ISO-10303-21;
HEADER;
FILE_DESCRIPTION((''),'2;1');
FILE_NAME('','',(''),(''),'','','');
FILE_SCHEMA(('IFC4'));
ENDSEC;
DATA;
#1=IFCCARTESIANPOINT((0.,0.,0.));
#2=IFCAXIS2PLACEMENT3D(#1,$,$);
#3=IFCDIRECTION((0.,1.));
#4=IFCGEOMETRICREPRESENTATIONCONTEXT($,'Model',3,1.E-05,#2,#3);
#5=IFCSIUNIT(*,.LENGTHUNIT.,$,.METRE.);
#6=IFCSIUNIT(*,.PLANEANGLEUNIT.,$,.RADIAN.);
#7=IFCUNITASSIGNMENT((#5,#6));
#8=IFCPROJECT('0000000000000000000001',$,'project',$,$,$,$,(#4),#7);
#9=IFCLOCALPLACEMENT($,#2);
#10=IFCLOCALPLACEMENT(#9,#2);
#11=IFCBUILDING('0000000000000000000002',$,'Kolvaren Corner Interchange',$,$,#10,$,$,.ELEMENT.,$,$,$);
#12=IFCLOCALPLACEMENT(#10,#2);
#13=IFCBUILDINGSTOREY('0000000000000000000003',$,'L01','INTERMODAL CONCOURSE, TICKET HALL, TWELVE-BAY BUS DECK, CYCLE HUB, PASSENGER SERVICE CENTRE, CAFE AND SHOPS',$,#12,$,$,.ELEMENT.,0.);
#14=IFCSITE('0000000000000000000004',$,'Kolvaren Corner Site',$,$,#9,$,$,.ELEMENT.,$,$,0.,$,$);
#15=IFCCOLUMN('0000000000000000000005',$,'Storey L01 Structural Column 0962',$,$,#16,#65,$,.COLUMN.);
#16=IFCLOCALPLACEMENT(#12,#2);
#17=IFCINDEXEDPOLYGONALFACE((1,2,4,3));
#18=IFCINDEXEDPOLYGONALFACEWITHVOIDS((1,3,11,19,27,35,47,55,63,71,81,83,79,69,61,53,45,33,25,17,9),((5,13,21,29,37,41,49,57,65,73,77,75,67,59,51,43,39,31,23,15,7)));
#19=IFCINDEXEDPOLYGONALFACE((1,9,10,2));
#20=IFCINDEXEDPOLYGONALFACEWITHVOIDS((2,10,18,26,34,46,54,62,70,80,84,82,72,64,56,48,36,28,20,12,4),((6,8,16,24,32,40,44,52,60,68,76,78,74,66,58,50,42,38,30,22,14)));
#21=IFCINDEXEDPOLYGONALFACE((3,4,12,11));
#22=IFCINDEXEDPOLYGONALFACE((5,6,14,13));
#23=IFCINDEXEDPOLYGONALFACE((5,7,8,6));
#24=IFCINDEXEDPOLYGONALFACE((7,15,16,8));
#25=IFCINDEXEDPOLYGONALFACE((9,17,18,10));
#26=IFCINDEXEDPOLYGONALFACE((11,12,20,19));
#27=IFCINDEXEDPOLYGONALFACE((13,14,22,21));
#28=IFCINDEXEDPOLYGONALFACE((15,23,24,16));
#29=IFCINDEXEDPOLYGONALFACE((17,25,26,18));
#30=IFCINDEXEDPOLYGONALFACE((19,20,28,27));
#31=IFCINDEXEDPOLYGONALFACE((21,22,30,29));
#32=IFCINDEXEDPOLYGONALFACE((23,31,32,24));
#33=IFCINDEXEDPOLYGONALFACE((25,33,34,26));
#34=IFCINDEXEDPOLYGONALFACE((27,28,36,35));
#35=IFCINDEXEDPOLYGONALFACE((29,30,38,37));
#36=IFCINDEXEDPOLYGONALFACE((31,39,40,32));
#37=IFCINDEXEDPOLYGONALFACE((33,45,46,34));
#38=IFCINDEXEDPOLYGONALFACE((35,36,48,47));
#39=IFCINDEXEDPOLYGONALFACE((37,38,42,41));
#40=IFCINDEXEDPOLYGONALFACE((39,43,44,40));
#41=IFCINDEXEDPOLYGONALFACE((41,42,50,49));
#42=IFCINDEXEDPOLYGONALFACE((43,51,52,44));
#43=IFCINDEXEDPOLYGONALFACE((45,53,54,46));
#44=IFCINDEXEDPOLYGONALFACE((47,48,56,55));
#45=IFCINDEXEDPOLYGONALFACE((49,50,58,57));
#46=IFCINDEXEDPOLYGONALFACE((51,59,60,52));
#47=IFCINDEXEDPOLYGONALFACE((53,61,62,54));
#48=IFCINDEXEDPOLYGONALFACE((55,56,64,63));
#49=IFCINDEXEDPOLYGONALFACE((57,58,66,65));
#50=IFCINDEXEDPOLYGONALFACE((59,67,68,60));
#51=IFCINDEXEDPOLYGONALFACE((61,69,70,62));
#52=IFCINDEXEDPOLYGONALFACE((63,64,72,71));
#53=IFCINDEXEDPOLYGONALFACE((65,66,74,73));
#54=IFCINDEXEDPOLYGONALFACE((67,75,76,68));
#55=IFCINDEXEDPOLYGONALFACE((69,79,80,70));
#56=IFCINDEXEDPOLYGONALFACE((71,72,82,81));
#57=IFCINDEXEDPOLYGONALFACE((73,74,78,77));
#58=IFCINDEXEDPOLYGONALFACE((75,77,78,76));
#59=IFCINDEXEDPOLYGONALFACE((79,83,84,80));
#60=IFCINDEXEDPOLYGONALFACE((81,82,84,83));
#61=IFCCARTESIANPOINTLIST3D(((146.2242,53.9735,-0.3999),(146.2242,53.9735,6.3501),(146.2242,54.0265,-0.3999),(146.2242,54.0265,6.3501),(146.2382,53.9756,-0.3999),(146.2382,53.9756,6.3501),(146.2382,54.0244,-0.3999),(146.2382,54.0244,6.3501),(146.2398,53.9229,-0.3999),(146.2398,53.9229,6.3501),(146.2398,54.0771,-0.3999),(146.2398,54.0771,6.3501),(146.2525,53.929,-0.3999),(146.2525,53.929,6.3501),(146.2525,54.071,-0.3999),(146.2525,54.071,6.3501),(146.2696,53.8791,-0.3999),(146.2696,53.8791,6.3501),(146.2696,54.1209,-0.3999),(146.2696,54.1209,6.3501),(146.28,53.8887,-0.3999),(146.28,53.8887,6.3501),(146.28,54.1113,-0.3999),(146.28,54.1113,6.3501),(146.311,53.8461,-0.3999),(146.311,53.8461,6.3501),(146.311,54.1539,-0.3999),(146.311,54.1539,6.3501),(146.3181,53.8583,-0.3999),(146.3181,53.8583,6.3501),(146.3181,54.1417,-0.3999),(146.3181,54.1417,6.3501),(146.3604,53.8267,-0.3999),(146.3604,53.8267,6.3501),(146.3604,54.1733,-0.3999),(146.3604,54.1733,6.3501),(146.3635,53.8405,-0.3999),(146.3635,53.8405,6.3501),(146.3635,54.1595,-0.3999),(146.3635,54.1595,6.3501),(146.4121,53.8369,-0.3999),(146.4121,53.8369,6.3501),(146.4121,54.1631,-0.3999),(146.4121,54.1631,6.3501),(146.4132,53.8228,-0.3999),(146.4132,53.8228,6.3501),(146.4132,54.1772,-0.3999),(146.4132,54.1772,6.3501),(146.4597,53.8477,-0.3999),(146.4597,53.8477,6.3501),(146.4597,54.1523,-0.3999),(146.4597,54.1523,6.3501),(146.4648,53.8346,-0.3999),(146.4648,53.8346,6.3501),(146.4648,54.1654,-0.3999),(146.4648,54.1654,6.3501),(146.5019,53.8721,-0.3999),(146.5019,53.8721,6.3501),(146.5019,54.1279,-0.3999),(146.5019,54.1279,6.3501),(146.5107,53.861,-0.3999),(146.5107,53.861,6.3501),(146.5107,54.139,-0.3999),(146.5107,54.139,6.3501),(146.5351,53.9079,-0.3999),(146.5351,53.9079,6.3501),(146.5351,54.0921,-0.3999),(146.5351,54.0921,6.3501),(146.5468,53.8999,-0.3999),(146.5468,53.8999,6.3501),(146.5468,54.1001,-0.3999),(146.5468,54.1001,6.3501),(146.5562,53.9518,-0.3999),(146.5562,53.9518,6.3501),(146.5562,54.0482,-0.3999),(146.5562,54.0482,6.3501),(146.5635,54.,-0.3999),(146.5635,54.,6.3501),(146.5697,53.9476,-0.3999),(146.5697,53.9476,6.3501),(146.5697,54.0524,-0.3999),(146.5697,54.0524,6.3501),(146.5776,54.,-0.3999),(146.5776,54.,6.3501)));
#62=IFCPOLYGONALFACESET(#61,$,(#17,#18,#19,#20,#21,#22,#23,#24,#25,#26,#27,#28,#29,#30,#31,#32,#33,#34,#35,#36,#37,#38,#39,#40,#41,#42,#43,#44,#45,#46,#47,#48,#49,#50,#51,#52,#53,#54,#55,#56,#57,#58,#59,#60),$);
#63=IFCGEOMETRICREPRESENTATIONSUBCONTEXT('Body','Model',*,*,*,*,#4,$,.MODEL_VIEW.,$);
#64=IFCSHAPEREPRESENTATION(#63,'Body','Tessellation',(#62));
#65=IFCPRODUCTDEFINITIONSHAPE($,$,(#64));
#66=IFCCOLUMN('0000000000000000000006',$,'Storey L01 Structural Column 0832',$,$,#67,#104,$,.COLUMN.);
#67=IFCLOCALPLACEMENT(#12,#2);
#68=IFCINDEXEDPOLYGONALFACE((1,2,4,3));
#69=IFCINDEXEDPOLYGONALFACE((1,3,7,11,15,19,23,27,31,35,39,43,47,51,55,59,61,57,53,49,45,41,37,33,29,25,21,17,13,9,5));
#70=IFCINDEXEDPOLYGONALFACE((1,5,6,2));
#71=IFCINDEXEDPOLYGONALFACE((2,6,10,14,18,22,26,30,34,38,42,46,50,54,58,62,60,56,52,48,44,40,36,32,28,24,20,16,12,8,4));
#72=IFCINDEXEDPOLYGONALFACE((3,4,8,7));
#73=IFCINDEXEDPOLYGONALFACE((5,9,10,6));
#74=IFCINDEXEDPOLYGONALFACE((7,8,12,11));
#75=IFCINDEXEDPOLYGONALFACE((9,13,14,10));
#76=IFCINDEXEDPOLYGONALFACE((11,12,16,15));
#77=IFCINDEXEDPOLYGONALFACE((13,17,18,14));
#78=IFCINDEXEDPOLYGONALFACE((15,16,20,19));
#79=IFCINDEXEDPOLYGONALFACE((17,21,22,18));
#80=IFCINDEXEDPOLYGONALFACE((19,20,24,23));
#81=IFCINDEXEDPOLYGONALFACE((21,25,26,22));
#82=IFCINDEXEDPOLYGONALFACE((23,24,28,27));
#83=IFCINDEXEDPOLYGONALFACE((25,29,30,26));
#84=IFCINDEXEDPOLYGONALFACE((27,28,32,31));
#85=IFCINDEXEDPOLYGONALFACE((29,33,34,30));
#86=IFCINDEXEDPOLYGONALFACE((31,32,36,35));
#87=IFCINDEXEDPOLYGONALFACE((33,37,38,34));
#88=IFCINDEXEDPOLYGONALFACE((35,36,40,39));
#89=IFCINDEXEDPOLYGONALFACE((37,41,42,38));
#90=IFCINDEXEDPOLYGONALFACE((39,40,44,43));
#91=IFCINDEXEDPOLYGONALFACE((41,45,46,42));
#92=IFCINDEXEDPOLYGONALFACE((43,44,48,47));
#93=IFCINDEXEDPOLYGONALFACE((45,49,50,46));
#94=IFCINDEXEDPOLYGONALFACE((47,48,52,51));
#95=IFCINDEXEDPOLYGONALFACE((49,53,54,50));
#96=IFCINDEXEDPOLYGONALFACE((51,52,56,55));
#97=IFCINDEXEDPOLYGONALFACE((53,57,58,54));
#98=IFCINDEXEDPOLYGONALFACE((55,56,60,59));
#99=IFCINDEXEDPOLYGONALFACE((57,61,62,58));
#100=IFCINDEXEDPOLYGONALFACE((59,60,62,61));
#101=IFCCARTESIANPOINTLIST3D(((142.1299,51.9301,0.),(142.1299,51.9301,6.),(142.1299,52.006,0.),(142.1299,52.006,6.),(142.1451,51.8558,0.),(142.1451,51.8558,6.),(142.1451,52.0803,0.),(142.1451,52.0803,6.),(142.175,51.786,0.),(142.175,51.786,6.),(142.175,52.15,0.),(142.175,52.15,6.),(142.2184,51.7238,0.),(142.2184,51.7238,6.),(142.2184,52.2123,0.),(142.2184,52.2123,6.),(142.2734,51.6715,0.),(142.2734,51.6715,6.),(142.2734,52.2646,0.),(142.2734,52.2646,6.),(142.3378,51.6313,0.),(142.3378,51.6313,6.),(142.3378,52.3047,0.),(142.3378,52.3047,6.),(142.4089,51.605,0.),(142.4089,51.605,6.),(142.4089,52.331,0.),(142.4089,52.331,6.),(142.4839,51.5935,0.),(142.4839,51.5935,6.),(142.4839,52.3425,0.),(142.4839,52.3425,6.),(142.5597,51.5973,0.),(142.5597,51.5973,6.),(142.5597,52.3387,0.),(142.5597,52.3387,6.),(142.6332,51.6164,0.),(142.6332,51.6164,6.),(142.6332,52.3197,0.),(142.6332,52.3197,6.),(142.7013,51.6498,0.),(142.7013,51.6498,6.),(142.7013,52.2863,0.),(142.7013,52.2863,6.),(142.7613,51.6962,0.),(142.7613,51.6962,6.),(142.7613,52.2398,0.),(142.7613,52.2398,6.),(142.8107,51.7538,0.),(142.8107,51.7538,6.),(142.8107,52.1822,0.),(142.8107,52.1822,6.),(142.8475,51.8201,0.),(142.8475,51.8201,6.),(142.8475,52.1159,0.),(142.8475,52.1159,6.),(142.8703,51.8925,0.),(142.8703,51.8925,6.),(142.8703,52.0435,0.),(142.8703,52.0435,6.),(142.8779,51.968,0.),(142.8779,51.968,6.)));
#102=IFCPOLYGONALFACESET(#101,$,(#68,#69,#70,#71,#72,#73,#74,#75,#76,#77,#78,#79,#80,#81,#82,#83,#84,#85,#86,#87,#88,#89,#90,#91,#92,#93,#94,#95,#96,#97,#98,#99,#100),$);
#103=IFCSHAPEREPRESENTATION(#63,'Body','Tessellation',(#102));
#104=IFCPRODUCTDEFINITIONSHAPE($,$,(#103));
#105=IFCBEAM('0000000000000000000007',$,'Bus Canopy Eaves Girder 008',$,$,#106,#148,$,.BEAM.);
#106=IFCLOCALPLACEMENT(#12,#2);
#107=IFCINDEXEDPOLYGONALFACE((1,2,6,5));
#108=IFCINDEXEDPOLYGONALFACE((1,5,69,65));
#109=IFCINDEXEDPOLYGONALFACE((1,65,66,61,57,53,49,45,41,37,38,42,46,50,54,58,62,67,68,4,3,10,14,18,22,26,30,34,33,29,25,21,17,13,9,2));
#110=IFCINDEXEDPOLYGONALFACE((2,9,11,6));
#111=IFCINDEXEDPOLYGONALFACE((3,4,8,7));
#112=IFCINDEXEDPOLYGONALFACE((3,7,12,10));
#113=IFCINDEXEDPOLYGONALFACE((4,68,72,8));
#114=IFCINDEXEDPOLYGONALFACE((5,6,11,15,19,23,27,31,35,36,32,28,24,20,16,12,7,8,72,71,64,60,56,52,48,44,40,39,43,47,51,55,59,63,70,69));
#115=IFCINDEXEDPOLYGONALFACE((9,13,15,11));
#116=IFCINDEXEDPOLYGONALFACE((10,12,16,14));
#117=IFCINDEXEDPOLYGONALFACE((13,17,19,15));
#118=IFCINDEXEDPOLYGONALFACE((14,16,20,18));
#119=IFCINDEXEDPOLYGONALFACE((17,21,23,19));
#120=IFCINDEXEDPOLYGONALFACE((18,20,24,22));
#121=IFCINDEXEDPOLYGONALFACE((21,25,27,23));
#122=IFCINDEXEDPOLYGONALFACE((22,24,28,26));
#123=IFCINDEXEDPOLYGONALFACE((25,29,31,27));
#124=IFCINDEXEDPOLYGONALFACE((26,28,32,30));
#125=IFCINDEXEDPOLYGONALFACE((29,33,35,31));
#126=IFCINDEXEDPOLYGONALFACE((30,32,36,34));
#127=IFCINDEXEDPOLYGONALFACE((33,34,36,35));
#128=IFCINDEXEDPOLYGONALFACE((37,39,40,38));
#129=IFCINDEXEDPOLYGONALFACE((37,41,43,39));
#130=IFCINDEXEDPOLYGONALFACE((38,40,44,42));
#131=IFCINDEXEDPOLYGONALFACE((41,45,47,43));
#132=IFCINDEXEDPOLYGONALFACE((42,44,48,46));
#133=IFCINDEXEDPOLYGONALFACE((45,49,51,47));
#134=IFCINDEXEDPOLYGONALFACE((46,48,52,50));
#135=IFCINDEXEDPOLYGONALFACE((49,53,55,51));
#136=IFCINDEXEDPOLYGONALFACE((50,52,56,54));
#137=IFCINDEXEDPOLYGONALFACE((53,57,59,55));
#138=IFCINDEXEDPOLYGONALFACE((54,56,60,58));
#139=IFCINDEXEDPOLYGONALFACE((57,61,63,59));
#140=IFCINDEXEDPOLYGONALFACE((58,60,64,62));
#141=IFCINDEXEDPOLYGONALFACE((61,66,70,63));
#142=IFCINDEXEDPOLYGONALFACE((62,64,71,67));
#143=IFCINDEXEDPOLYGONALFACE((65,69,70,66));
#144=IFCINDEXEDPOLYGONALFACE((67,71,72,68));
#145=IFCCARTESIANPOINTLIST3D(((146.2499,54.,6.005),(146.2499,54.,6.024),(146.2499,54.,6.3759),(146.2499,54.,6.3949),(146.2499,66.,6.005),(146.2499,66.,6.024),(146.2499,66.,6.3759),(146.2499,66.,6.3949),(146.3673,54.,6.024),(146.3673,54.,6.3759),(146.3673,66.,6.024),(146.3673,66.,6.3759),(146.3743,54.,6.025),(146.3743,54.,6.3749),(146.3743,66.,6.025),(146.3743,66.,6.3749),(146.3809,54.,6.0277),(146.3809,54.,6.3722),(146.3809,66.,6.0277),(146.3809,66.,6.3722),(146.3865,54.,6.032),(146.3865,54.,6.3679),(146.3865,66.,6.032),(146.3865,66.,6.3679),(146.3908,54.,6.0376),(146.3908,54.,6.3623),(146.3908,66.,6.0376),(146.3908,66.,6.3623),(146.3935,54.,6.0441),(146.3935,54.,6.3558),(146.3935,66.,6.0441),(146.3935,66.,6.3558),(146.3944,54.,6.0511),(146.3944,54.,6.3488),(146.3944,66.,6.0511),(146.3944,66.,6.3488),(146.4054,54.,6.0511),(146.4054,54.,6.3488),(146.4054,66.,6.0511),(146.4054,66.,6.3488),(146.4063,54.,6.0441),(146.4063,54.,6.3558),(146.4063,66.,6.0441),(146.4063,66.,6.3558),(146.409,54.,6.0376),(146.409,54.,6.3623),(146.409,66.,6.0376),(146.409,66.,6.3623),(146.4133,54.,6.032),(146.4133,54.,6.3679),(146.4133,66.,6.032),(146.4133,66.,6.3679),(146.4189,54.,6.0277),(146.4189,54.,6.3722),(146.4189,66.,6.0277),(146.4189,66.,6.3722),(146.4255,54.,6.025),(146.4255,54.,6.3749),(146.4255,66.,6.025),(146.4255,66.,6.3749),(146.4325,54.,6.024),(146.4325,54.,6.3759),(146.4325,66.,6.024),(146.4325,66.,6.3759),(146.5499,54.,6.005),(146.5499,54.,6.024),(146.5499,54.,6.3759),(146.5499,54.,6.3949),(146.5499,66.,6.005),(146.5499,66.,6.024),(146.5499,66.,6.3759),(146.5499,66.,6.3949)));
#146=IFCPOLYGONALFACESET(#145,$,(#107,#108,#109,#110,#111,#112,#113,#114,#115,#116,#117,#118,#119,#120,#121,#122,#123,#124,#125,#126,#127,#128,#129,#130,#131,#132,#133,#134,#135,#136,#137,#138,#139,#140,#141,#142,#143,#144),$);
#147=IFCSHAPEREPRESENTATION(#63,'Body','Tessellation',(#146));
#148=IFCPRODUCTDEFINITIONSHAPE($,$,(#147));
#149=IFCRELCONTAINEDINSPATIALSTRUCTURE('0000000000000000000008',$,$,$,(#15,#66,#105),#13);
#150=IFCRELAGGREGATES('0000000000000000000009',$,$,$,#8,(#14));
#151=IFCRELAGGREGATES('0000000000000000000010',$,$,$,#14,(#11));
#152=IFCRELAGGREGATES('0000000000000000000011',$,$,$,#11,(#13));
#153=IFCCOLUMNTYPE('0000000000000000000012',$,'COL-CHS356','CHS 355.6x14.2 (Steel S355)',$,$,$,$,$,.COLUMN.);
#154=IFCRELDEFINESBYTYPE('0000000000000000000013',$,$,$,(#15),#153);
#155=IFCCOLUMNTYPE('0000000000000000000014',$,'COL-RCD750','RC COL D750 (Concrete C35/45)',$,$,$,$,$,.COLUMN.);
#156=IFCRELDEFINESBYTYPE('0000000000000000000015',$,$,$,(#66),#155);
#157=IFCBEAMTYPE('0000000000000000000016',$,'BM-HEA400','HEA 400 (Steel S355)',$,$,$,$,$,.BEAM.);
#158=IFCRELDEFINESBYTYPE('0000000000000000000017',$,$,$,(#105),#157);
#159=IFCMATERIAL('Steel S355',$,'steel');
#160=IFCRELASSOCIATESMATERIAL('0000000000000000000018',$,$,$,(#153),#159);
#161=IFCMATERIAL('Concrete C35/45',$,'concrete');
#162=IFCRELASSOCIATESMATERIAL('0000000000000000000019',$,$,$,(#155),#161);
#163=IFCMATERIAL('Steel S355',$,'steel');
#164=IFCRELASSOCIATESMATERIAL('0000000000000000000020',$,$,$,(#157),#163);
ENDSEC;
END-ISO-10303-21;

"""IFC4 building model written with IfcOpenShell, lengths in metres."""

from ifc_helpers import new_model, si_unit, direction, frame, origin, origin_2d, place, context, subcontext, project, spatial, circle, hollow_circle, i_section, extrude, material, material_profile, profile_set, type_object, element, save


model = new_model("IFC4")

# Units and contexts
model_context = context("Model", 3, precision=1e-05, world=origin(), true_north=direction((0.0, 1.0)))
body_context = subcontext(model_context, "Body", "Model", "MODEL_VIEW")
ifc_project = project(units=[si_unit("LENGTHUNIT", "METRE"), si_unit("PLANEANGLEUNIT", "RADIAN")], contexts=[model_context])

# Site, building, storey
site_placement = place(None, origin())
site = spatial("IfcSite", under=ifc_project, at=site_placement, Name="Kolvaren Corner Site", CompositionType="ELEMENT", RefElevation=0.0)
building_placement = place(site_placement, origin())
building = spatial("IfcBuilding", under=site, at=building_placement, Name="Kolvaren Corner Interchange", CompositionType="ELEMENT")
storey_placement = place(building_placement, origin())
storey = spatial("IfcBuildingStorey", under=building, at=storey_placement, Name="L01", Description="INTERMODAL CONCOURSE, TICKET HALL, TWELVE-BAY BUS DECK, CYCLE HUB, PASSENGER SERVICE CENTRE, CAFE AND SHOPS", CompositionType="ELEMENT", Elevation=0.0)

# Columns
ifc_material_1 = material(Name="Steel S355", Category="steel")
ifc_material_profile_1 = material_profile(ifc_material_1, hollow_circle(Radius=0.1777, WallThickness=0.0142, at=origin_2d()), Name="CHS 355.6x14.2")
ifc_profile_set_1 = profile_set([ifc_material_profile_1], Name="Steel S355")
column_type_1 = type_object("IfcColumnType", Name="COL-CHS356", Description="CHS 355.6x14.2 (Steel S355)", PredefinedType="COLUMN", material=ifc_profile_set_1)
column_1_placement = place(storey_placement, frame((146.3999, 54.0, -0.3999), z_axis=(0.0, 0.0, 1.0), x_axis=(1.0, 0.0, 0.0)))
element("IfcColumn", 1, at=column_1_placement, inside=storey, type_object=column_type_1, Name="Storey L01 Structural Column 0962", PredefinedType="COLUMN", context=body_context, shape_type="SweptSolid", body=[
    extrude(hollow_circle(Radius=0.1777, WallThickness=0.0142, at=origin_2d()), origin(), (0.0, 0.0, 1.0), 6.75),
])
ifc_material_2 = material(Name="Concrete C35/45", Category="concrete")
ifc_material_profile_2 = material_profile(ifc_material_2, circle(Radius=0.375, at=origin_2d()), Name="RC COL D750")
ifc_profile_set_2 = profile_set([ifc_material_profile_2], Name="Concrete C35/45")
column_type_2 = type_object("IfcColumnType", Name="COL-RCD750", Description="RC COL D750 (Concrete C35/45)", PredefinedType="COLUMN", material=ifc_profile_set_2)
column_2_placement = place(storey_placement, frame((142.5029, 51.968, 0.0), z_axis=(0.0, 0.0, 1.0), x_axis=(1.0, 0.0, 0.0)))
element("IfcColumn", 2, at=column_2_placement, inside=storey, type_object=column_type_2, Name="Storey L01 Structural Column 0832", PredefinedType="COLUMN", context=body_context, shape_type="SweptSolid", body=[
    extrude(circle(Radius=0.375, at=origin_2d()), origin(), (0.0, 0.0, 1.0), 6.0),
])

# Beam
ifc_material_3 = material(Name="Steel S355", Category="steel")
ifc_material_profile_3 = material_profile(ifc_material_3, i_section(OverallWidth=0.3, OverallDepth=0.3899, WebThickness=0.011, FlangeThickness=0.019, FilletRadius=0.0271, at=origin_2d()), Name="HEA 400")
ifc_profile_set_3 = profile_set([ifc_material_profile_3], Name="Steel S355")
beam_type = type_object("IfcBeamType", Name="BM-HEA400", Description="HEA 400 (Steel S355)", PredefinedType="BEAM", material=ifc_profile_set_3)
beam_placement = place(storey_placement, frame((146.3999, 54.0, 6.2), z_axis=(0.0, 1.0, 0.0), x_axis=(-1.0, 0.0, 0.0)))
element("IfcBeam", 3, at=beam_placement, inside=storey, type_object=beam_type, Name="Bus Canopy Eaves Girder 008", PredefinedType="BEAM", context=body_context, shape_type="SweptSolid", body=[
    extrude(i_section(OverallWidth=0.3, OverallDepth=0.3899, WebThickness=0.011, FlangeThickness=0.019, FilletRadius=0.0271, at=origin_2d()), origin(), (0.0, 0.0, 1.0), 12.0),
])

save(model, "model.ifc")
